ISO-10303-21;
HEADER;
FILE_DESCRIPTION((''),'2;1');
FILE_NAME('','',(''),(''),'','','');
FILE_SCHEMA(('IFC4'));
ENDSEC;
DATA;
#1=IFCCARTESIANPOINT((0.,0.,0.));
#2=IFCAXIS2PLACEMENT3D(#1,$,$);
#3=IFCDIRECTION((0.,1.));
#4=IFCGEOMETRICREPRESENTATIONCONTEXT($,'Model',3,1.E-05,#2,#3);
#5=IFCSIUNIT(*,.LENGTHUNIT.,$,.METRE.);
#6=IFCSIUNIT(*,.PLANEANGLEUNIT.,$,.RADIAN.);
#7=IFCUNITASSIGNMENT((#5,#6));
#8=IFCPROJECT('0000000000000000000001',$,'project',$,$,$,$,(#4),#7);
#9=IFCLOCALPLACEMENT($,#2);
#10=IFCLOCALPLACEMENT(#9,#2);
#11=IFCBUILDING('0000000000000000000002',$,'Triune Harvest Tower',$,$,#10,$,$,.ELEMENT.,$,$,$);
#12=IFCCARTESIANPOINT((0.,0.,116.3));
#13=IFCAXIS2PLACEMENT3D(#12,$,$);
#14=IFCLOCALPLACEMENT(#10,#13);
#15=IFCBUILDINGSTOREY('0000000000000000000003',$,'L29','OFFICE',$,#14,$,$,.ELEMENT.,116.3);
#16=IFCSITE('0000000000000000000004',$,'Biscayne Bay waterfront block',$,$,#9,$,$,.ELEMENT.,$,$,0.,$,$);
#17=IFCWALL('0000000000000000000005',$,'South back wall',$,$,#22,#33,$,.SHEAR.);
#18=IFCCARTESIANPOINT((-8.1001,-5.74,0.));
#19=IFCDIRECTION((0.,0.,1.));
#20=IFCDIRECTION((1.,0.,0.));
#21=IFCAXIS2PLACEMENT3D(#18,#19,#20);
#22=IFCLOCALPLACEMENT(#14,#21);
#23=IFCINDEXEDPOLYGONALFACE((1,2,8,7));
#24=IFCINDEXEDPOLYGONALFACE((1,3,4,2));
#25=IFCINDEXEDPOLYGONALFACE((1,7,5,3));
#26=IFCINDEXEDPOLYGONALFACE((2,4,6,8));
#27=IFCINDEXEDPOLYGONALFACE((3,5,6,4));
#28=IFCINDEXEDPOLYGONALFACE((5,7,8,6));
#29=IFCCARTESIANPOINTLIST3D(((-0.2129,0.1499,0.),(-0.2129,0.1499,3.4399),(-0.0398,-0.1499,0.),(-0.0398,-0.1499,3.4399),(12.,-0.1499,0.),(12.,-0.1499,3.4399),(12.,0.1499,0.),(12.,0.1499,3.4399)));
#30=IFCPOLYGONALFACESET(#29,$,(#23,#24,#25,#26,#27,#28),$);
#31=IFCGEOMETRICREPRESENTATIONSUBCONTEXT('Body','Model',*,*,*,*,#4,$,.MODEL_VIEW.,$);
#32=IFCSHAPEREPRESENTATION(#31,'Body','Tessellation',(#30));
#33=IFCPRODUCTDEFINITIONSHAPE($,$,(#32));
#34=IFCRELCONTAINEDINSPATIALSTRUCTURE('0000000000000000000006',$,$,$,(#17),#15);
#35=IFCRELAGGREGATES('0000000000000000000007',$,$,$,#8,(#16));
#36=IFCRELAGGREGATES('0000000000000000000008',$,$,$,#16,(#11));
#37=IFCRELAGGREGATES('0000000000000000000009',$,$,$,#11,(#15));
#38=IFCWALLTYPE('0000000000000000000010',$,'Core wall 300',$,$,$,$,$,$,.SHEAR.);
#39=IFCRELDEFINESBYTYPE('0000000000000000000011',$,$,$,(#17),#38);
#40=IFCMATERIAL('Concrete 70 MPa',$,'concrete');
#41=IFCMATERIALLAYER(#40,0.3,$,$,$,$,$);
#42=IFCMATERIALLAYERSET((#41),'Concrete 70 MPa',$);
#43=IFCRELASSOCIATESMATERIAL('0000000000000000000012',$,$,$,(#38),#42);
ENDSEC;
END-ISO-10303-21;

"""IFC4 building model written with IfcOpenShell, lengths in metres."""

from ifc_helpers import new_model, si_unit, direction, frame, origin, place, context, subcontext, project, spatial, polyline, outline, extrude, source, transform, mapped, material, layer, layer_set, type_object, element, save


model = new_model("IFC4")

# Units and contexts
model_context = context("Model", 3, precision=1e-05, world=origin(), true_north=direction((0.0, 1.0)))
body_context = subcontext(model_context, "Body", "Model", "MODEL_VIEW")
ifc_project = project(units=[si_unit("LENGTHUNIT", "METRE"), si_unit("PLANEANGLEUNIT", "RADIAN")], contexts=[model_context])

# Site, building, storey
site_placement = place(None, origin())
site = spatial("IfcSite", under=ifc_project, at=site_placement, Name="Biscayne Bay waterfront block", CompositionType="ELEMENT", RefElevation=0.0)
building_placement = place(site_placement, origin())
building = spatial("IfcBuilding", under=site, at=building_placement, Name="Triune Harvest Tower", CompositionType="ELEMENT")
storey_placement = place(building_placement, frame((0.0, 0.0, 116.3)))
storey = spatial("IfcBuildingStorey", under=building, at=storey_placement, Name="L29", Description="OFFICE", CompositionType="ELEMENT", Elevation=116.3)

# Shared definitions
ifc_material_1 = material(Name="Concrete 70 MPa", Category="concrete")
ifc_layer_1 = layer(ifc_material_1, 0.3)
ifc_layer_set_1 = layer_set([ifc_layer_1], Name="Concrete 70 MPa")
wall_type_1 = type_object("IfcWallType", Name="Core wall 300", PredefinedType="SHEAR", material=ifc_layer_set_1)

# Wall
shared_shape_1 = source(origin(), body_context, "Body", "SweptSolid", [
    extrude(outline(polyline([(12.0, -0.1499), (-0.0398, -0.1499), (-0.2129, 0.1499), (12.0, 0.1499), (12.0, -0.1499)])), origin(), (0.0, 0.0, 1.0), 3.4399),
])
wall_1_placement = place(storey_placement, frame((-8.1001, -5.74, 0.0), z_axis=(0.0, 0.0, 1.0), x_axis=(1.0, 0.0, 0.0)))
element("IfcWall", 1, at=wall_1_placement, inside=storey, type_object=wall_type_1, Name="South back wall", PredefinedType="SHEAR", context=body_context, shape_type="MappedRepresentation", body=[
    mapped(shared_shape_1, transform((0.0, 0.0, 0.0), scale=1.0)),
])

save(model, "model.ifc")
